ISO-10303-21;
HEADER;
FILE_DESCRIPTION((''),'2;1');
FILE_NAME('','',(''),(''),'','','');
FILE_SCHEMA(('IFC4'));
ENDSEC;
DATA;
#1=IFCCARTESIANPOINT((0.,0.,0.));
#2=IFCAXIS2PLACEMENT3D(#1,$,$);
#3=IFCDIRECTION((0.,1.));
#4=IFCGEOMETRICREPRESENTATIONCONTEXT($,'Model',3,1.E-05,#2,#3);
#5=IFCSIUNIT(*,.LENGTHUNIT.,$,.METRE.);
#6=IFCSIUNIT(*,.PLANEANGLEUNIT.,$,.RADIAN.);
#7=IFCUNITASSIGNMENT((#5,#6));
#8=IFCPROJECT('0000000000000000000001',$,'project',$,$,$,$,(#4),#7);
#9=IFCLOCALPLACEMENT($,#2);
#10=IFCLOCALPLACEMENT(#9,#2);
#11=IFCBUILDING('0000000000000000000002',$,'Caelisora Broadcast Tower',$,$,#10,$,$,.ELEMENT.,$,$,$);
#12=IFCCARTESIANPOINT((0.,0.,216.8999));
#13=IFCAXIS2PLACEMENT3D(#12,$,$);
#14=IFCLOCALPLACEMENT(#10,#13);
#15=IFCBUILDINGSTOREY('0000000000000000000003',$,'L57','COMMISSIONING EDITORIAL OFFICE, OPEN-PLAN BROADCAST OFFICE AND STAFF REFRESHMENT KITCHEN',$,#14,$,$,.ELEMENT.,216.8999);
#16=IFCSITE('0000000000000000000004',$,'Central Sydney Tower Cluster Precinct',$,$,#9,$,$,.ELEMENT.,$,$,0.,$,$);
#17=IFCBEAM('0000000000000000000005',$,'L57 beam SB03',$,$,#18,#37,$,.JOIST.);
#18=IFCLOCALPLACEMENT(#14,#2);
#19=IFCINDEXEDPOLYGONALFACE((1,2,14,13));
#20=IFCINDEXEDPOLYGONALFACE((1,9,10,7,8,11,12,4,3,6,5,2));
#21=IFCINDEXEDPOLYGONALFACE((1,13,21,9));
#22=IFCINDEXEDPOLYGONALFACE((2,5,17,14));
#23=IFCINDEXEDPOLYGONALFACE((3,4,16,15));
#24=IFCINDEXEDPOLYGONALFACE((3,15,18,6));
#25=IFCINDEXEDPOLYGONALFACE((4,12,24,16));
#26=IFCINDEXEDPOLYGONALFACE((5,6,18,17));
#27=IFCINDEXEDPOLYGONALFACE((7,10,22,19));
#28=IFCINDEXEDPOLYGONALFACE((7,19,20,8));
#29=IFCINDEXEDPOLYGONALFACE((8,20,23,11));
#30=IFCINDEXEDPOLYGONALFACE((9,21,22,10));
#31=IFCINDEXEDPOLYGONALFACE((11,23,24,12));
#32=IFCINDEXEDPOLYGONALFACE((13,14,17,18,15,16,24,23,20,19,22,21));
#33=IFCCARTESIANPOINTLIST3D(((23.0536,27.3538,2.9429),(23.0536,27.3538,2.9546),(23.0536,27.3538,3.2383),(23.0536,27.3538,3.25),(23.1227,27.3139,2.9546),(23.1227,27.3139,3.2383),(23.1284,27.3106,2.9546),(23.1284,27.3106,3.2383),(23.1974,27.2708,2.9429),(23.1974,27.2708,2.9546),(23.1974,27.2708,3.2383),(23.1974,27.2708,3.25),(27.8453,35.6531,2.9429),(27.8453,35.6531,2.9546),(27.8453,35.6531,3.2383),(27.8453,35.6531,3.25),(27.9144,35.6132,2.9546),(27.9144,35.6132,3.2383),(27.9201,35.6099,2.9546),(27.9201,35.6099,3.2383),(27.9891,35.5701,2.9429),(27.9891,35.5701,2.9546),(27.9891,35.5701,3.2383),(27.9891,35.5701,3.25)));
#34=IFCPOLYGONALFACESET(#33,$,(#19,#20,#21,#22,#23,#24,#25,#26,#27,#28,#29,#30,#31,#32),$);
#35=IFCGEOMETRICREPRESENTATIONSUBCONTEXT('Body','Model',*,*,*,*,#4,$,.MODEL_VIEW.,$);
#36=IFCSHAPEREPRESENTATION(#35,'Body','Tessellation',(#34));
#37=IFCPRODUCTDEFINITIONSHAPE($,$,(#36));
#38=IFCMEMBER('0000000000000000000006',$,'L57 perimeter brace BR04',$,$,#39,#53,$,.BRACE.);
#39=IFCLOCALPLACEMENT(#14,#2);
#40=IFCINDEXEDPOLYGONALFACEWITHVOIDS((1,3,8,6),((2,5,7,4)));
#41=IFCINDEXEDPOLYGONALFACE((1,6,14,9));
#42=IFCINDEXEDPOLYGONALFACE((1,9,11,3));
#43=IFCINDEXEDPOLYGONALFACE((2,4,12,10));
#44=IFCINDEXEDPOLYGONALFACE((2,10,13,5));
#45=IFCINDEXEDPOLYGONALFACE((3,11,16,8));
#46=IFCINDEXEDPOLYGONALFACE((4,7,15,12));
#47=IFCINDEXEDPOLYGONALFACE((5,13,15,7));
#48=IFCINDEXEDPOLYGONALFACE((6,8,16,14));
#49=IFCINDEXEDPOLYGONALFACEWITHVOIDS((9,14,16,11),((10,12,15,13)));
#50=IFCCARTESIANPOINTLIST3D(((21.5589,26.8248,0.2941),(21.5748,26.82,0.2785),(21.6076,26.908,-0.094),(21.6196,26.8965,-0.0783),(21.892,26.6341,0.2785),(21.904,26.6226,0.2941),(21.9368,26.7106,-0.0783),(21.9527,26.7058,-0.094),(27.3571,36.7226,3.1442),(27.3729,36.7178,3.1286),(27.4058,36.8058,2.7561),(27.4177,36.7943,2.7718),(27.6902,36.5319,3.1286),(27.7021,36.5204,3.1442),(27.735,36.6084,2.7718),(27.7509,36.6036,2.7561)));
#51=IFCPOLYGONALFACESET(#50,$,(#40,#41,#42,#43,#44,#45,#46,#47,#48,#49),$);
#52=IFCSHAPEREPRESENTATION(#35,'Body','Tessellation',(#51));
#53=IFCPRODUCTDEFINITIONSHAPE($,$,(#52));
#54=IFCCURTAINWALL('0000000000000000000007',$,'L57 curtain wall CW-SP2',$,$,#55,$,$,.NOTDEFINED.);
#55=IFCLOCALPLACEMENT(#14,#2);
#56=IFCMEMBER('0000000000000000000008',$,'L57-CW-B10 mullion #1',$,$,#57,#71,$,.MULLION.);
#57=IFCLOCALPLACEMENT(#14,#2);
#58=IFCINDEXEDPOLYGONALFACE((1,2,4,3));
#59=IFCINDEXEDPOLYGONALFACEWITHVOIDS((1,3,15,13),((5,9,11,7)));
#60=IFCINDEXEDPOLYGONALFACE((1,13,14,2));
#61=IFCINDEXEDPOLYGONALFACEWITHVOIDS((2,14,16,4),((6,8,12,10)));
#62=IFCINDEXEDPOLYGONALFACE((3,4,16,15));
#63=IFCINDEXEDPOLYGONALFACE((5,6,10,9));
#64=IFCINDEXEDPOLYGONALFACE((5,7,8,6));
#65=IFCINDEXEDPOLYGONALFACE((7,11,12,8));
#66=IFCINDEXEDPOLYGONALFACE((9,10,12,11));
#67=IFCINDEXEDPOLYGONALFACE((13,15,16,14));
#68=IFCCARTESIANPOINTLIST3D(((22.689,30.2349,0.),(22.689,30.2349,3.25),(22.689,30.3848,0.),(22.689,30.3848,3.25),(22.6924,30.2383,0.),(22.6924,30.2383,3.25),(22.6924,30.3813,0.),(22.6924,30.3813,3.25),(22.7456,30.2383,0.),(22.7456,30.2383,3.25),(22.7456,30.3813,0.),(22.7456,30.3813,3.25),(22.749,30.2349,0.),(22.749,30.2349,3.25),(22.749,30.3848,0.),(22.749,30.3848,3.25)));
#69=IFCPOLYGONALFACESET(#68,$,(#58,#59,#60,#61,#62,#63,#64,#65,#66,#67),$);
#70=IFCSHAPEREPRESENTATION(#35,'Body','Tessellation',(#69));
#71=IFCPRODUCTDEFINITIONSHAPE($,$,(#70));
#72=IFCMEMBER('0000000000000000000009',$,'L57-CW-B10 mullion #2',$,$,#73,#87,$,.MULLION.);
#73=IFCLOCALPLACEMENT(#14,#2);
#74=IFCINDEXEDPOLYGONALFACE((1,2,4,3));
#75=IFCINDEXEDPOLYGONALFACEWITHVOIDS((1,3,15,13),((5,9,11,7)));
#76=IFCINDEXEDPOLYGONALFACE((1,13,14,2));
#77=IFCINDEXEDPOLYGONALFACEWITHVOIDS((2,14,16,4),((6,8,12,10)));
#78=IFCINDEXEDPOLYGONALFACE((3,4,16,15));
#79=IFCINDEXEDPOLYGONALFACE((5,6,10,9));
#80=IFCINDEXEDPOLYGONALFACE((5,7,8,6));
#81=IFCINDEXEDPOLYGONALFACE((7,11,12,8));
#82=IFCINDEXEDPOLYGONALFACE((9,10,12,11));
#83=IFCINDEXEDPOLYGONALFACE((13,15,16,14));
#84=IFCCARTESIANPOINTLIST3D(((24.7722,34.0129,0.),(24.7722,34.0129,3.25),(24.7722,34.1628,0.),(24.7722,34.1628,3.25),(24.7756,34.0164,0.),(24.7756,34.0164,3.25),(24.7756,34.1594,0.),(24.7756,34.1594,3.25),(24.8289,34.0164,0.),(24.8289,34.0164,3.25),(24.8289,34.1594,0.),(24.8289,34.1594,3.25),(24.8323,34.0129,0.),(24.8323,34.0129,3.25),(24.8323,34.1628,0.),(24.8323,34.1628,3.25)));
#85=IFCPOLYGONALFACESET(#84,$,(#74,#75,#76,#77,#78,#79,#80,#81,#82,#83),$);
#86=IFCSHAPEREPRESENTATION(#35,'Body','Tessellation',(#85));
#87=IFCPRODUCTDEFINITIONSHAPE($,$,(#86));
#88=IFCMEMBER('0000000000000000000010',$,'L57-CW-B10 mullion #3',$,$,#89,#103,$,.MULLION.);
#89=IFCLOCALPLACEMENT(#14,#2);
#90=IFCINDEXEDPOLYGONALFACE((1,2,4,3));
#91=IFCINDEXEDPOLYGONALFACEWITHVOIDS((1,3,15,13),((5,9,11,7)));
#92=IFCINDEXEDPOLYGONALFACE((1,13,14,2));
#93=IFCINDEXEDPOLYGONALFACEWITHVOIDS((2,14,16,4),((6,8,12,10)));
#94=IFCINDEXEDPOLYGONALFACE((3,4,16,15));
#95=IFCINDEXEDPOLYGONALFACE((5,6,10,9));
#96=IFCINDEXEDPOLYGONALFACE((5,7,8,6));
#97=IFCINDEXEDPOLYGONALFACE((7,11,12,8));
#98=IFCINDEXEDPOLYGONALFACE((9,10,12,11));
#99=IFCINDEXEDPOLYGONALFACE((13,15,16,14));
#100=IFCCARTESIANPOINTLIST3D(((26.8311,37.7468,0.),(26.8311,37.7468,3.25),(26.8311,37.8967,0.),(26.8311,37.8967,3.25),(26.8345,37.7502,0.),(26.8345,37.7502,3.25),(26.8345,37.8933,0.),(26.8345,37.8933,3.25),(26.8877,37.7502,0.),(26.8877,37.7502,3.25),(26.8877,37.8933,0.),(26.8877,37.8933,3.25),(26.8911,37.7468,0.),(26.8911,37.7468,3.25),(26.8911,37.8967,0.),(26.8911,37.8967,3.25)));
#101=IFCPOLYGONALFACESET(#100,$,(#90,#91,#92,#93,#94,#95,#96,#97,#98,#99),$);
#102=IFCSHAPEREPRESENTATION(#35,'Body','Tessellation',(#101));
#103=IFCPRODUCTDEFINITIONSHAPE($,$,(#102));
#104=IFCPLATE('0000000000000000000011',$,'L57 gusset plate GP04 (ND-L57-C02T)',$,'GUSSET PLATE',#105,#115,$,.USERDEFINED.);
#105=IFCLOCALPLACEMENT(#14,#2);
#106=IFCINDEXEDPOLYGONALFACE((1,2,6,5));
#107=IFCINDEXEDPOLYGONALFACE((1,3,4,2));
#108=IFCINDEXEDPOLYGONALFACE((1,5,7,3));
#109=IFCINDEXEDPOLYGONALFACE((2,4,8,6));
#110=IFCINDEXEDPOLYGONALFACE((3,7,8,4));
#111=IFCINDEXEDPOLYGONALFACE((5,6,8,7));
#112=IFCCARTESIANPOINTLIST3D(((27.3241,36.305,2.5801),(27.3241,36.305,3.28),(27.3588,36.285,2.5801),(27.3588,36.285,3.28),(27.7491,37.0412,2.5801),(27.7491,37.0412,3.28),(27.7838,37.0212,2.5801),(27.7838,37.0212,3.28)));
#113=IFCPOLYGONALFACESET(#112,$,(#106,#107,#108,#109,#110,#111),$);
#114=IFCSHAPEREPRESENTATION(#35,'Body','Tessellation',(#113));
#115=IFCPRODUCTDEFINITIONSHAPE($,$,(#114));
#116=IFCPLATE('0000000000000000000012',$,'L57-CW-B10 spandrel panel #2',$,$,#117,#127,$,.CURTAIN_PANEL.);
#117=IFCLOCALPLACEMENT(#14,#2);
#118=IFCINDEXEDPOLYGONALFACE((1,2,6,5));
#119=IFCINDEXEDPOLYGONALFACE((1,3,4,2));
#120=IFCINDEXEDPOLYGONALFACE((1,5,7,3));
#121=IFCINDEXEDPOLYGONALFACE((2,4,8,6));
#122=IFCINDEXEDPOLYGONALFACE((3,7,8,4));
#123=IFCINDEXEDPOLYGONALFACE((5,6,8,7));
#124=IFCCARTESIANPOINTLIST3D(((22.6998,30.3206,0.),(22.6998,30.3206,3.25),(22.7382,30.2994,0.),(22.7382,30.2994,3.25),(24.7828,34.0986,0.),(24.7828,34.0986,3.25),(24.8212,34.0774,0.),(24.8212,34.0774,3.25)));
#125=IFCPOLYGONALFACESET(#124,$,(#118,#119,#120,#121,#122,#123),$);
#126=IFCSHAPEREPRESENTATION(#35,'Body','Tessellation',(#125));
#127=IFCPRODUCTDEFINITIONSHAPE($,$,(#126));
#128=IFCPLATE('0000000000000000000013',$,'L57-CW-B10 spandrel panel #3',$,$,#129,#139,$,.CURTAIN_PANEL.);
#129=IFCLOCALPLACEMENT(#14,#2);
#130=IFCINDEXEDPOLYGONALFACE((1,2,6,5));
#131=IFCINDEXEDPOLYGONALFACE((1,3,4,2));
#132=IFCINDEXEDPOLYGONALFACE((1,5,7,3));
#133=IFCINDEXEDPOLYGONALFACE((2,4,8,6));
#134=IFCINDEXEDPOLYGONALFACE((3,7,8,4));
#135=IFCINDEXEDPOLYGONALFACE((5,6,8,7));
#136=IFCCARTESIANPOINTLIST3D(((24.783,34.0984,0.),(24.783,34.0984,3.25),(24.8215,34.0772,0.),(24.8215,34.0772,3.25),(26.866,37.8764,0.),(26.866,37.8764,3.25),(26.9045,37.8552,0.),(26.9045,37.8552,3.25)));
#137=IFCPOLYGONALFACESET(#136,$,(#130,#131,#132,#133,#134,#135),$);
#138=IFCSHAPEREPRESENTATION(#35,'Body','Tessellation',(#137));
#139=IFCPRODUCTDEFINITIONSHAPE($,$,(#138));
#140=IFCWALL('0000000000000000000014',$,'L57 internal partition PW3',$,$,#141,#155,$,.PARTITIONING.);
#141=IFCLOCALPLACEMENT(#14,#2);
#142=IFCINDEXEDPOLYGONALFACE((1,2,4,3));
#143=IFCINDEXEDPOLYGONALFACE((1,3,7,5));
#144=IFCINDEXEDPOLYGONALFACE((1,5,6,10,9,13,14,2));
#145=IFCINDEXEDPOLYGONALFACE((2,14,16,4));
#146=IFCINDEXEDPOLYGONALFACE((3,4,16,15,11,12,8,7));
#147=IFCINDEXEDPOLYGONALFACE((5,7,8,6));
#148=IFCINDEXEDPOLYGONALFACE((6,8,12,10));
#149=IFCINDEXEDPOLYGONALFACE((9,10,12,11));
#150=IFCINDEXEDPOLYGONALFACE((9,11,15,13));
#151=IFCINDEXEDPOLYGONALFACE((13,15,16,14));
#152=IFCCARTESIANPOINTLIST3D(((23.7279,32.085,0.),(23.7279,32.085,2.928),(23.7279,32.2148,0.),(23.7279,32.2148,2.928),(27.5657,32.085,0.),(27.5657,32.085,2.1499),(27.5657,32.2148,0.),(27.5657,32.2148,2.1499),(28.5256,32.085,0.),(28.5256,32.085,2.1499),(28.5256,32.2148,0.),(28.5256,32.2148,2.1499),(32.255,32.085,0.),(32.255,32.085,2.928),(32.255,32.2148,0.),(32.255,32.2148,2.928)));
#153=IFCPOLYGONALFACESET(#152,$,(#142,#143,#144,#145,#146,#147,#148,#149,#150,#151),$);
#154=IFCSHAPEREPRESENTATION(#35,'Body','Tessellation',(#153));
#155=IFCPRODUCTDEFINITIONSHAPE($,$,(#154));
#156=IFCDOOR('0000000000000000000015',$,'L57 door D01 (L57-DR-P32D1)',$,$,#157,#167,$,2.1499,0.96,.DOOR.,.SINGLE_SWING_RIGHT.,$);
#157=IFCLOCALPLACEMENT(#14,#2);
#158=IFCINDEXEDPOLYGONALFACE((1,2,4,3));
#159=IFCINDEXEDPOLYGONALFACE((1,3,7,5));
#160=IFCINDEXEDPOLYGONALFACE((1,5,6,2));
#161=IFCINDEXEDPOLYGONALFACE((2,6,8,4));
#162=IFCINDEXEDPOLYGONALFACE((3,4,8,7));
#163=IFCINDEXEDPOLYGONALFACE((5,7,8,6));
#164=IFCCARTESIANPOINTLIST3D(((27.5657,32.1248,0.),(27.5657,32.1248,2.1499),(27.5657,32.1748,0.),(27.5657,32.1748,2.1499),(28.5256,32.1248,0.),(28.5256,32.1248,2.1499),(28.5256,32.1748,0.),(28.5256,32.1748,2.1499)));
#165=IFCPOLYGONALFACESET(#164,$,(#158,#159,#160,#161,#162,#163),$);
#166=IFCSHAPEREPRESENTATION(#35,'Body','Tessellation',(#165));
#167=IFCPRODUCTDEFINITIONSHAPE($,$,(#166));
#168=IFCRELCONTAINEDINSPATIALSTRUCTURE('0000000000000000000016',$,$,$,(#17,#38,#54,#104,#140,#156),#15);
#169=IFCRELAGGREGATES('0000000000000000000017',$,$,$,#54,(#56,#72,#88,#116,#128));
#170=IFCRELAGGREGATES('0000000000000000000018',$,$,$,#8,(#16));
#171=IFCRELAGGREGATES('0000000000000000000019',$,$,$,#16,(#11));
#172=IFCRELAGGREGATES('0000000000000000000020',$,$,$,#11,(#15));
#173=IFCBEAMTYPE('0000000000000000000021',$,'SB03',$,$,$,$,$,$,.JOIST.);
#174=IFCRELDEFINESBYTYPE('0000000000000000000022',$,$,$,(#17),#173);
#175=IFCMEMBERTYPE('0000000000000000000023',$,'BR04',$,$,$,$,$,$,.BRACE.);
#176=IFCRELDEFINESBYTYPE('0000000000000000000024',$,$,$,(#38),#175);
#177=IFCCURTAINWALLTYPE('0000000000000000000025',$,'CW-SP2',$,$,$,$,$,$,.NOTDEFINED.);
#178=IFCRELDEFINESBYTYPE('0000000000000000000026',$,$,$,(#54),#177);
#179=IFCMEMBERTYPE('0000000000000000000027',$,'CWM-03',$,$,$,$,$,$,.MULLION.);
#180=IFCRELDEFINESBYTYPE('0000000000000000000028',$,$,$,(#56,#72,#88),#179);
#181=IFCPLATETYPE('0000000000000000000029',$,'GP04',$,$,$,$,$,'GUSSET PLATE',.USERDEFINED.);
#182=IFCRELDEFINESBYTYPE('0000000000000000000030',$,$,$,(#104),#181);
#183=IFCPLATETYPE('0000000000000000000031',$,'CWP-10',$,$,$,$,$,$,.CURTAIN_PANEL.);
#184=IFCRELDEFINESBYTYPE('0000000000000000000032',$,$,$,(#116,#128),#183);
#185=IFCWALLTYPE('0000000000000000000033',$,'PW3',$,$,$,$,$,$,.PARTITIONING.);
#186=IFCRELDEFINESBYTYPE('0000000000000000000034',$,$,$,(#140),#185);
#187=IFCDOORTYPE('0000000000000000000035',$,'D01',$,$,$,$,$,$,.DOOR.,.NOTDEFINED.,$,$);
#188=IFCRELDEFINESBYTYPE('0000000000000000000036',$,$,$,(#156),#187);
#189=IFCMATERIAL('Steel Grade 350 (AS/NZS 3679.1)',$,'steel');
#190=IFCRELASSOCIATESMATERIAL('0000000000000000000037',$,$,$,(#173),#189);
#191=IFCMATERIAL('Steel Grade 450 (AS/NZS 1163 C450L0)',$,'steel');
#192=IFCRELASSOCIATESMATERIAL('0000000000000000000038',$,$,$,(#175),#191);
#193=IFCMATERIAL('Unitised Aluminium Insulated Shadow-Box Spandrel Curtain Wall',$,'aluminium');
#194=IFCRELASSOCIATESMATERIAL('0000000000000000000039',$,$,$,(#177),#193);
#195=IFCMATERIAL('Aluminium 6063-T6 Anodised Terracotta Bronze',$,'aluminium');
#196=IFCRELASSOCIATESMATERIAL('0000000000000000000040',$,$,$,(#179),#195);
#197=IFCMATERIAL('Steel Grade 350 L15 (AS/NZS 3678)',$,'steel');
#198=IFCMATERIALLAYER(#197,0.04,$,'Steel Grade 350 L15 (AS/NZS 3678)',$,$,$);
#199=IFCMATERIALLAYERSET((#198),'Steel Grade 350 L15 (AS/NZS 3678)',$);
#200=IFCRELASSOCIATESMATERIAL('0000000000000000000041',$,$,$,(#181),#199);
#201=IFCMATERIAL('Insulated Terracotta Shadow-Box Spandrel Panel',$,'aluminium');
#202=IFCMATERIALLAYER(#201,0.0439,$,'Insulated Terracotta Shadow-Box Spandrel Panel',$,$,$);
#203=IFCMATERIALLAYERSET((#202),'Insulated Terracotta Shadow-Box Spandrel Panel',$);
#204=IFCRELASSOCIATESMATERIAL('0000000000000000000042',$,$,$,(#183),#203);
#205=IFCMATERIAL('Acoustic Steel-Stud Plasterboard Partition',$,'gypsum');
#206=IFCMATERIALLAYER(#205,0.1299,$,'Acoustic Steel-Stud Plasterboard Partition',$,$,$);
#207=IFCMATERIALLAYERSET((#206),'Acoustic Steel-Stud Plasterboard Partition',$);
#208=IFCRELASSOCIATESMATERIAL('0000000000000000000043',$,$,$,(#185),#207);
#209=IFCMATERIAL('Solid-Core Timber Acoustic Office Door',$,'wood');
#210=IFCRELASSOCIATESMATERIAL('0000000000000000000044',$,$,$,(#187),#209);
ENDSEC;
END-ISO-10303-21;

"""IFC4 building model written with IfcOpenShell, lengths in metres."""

from ifc_helpers import new_model, si_unit, direction, frame, frame_2d, origin, origin_2d, place, context, subcontext, project, spatial, rectangle, hollow_rectangle, i_section, extrude, source, transform, mapped, material, layer, layer_set, material_profile, profile_set, type_object, type_shapes, element, fill, aggregate, save


model = new_model("IFC4")

# Units and contexts
model_context = context("Model", 3, precision=1e-05, world=origin(), true_north=direction((0.0, 1.0)))
body_context = subcontext(model_context, "Body", "Model", "MODEL_VIEW")
ifc_project = project(units=[si_unit("LENGTHUNIT", "METRE"), si_unit("PLANEANGLEUNIT", "RADIAN")], contexts=[model_context])

# Site, building, storey
site_placement = place(None, origin())
site = spatial("IfcSite", under=ifc_project, at=site_placement, Name="Central Sydney Tower Cluster Precinct", CompositionType="ELEMENT", RefElevation=0.0)
building_placement = place(site_placement, origin())
building = spatial("IfcBuilding", under=site, at=building_placement, Name="Caelisora Broadcast Tower", CompositionType="ELEMENT")
storey_placement = place(building_placement, frame((0.0, 0.0, 216.8999)))
storey = spatial("IfcBuildingStorey", under=building, at=storey_placement, Name="L57", Description="COMMISSIONING EDITORIAL OFFICE, OPEN-PLAN BROADCAST OFFICE AND STAFF REFRESHMENT KITCHEN", CompositionType="ELEMENT", Elevation=216.8999)

# Shared definitions
ifc_material_1 = material(Name="Steel Grade 350 L15 (AS/NZS 3678)", Category="steel")

# Beam
ifc_material_2 = material(Name="Steel Grade 350 (AS/NZS 3679.1)", Category="steel")
ifc_material_profile_1 = material_profile(ifc_material_2, i_section(OverallWidth=0.166, OverallDepth=0.3071, WebThickness=0.0066, FlangeThickness=0.0117, at=origin_2d()), Name="Steel Grade 350 (AS/NZS 3679.1)")
ifc_profile_set_1 = profile_set([ifc_material_profile_1], Name="Steel Grade 350 (AS/NZS 3679.1)")
beam_type_1 = type_object("IfcBeamType", Name="SB03", PredefinedType="JOIST", material=ifc_profile_set_1)
shared_shape_1 = source(origin(), body_context, "Body", "SweptSolid", [
    extrude(i_section(OverallWidth=0.166, OverallDepth=0.3071, WebThickness=0.0066, FlangeThickness=0.0117, at=origin_2d()), origin(), (0.0, 0.0, 1.0), 9.5833),
])
beam_1_placement = place(storey_placement, frame((27.9172, 35.6116, 3.0964), z_axis=(-0.500011, -0.866019, 0.0), x_axis=(0.866019, -0.500011, 0.0)))
element("IfcBeam", 1, at=beam_1_placement, inside=storey, type_object=beam_type_1, Name="L57 beam SB03", PredefinedType="JOIST", context=body_context, shape_type="MappedRepresentation", body=[
    mapped(shared_shape_1, transform((0.0, 0.0, 0.0), scale=1.0)),
])

# Member
ifc_material_3 = material(Name="Steel Grade 450 (AS/NZS 1163 C450L0)", Category="steel")
ifc_material_profile_2 = material_profile(ifc_material_3, hollow_rectangle(XDim=0.3999, YDim=0.3999, WallThickness=0.0161, at=origin_2d()), Name="Steel Grade 450 (AS/NZS 1163 C450L0)")
ifc_profile_set_2 = profile_set([ifc_material_profile_2], Name="Steel Grade 450 (AS/NZS 1163 C450L0)")
member_type_1 = type_object("IfcMemberType", Name="BR04", PredefinedType="BRACE", material=ifc_profile_set_2)
shared_shape_2 = source(origin(), body_context, "Body", "SweptSolid", [
    extrude(hollow_rectangle(XDim=0.3999, YDim=0.3999, WallThickness=0.0161, at=origin_2d()), origin(), (0.0, 0.0, 1.0), 11.8198),
])
type_shapes(member_type_1, [shared_shape_2])
member_1_placement = place(storey_placement, frame((27.554, 36.6631, 2.9502), z_axis=(-0.490545, -0.83739, -0.241131), x_axis=(0.86285, -0.505459, 0.0)))
element("IfcMember", 2, at=member_1_placement, inside=storey, type_object=member_type_1, Name="L57 perimeter brace BR04", PredefinedType="BRACE", context=body_context, shape_type="MappedRepresentation", body=[
    mapped(shared_shape_2, transform((0.0, 0.0, 0.0), scale=1.0)),
])

# Curtain wall, members
ifc_material_4 = material(Name="Unitised Aluminium Insulated Shadow-Box Spandrel Curtain Wall", Category="aluminium")
curtain_wall_type = type_object("IfcCurtainWallType", Name="CW-SP2", PredefinedType="NOTDEFINED", material=ifc_material_4)
curtain_wall_placement = place(storey_placement, origin())
curtain_wall = element("IfcCurtainWall", 3, at=curtain_wall_placement, inside=storey, type_object=curtain_wall_type, Name="L57 curtain wall CW-SP2", PredefinedType="NOTDEFINED")
ifc_material_5 = material(Name="Aluminium 6063-T6 Anodised Terracotta Bronze", Category="aluminium")
ifc_material_profile_3 = material_profile(ifc_material_5, hollow_rectangle(XDim=0.0601, YDim=0.1499, WallThickness=0.0034, at=origin_2d()), Name="Aluminium 6063-T6 Anodised Terracotta Bronze")
ifc_profile_set_3 = profile_set([ifc_material_profile_3], Name="Aluminium 6063-T6 Anodised Terracotta Bronze")
member_type_2 = type_object("IfcMemberType", Name="CWM-03", PredefinedType="MULLION", material=ifc_profile_set_3)
shared_shape_3 = source(origin(), body_context, "Body", "SweptSolid", [
    extrude(hollow_rectangle(XDim=0.0601, YDim=0.1499, WallThickness=0.0034, at=origin_2d()), origin(), (0.0, 0.0, 1.0), 3.25),
])
type_shapes(member_type_2, [shared_shape_3])
member_2_placement = place(storey_placement, frame((22.719, 30.3098, 0.0), z_axis=(0.0, 0.0, 1.0), x_axis=(1.0, 0.0, 0.0)))
member_2 = element("IfcMember", 4, at=member_2_placement, type_object=member_type_2, Name="L57-CW-B10 mullion #1", PredefinedType="MULLION", context=body_context, shape_type="MappedRepresentation", body=[
    mapped(shared_shape_3, transform((0.0, 0.0, 0.0), scale=1.0)),
])
member_3_placement = place(storey_placement, frame((24.8022, 34.0879, 0.0), z_axis=(0.0, 0.0, 1.0), x_axis=(1.0, 0.0, 0.0)))
member_3 = element("IfcMember", 5, at=member_3_placement, type_object=member_type_2, Name="L57-CW-B10 mullion #2", PredefinedType="MULLION", context=body_context, shape_type="MappedRepresentation", body=[
    mapped(shared_shape_3, transform((0.0, 0.0, 0.0), scale=1.0)),
])
member_4_placement = place(storey_placement, frame((26.8611, 37.8218, 0.0), z_axis=(0.0, 0.0, 1.0), x_axis=(1.0, 0.0, 0.0)))
member_4 = element("IfcMember", 6, at=member_4_placement, type_object=member_type_2, Name="L57-CW-B10 mullion #3", PredefinedType="MULLION", context=body_context, shape_type="MappedRepresentation", body=[
    mapped(shared_shape_3, transform((0.0, 0.0, 0.0), scale=1.0)),
])

# Plates
ifc_layer_1 = layer(ifc_material_1, 0.04, Name="Steel Grade 350 L15 (AS/NZS 3678)")
ifc_layer_set_1 = layer_set([ifc_layer_1], Name="Steel Grade 350 L15 (AS/NZS 3678)")
plate_type_1 = type_object("IfcPlateType", Name="GP04", ElementType="GUSSET PLATE", PredefinedType="USERDEFINED", material=ifc_layer_set_1)
shared_shape_4 = source(origin(), body_context, "Body", "SweptSolid", [
    extrude(rectangle(XDim=0.8501, YDim=0.04, at=origin_2d()), origin(), (0.0, 0.0, 1.0), 0.7),
])
type_shapes(plate_type_1, [shared_shape_4])
plate_1_placement = place(storey_placement, frame((27.554, 36.6631, 2.5801), z_axis=(0.0, 0.0, 1.0), x_axis=(-0.5, -0.866025, 0.0)))
element("IfcPlate", 7, at=plate_1_placement, inside=storey, type_object=plate_type_1, Name="L57 gusset plate GP04 (ND-L57-C02T)", ObjectType="GUSSET PLATE", PredefinedType="USERDEFINED", context=body_context, shape_type="MappedRepresentation", body=[
    mapped(shared_shape_4, transform((0.0, 0.0, 0.0), scale=1.0)),
])
ifc_material_6 = material(Name="Insulated Terracotta Shadow-Box Spandrel Panel", Category="aluminium")
ifc_layer_2 = layer(ifc_material_6, 0.0439, Name="Insulated Terracotta Shadow-Box Spandrel Panel")
ifc_layer_set_2 = layer_set([ifc_layer_2], Name="Insulated Terracotta Shadow-Box Spandrel Panel")
plate_type_2 = type_object("IfcPlateType", Name="CWP-10", PredefinedType="CURTAIN_PANEL", material=ifc_layer_set_2)
shared_shape_5 = source(origin(), body_context, "Body", "SweptSolid", [
    extrude(rectangle(XDim=4.3142, YDim=0.0439, at=origin_2d()), origin(), (0.0, 0.0, 1.0), 3.25),
])
type_shapes(plate_type_2, [shared_shape_5])
plate_2_placement = place(storey_placement, frame((23.7605, 32.199, 0.0), z_axis=(0.0, 0.0, 1.0), x_axis=(0.482824, 0.875717, 0.0)))
plate_2 = element("IfcPlate", 8, at=plate_2_placement, type_object=plate_type_2, Name="L57-CW-B10 spandrel panel #2", PredefinedType="CURTAIN_PANEL", context=body_context, shape_type="MappedRepresentation", body=[
    mapped(shared_shape_5, transform((0.0, 0.0, 0.0), scale=1.0)),
])
plate_3_placement = place(storey_placement, frame((25.8438, 35.9768, 0.0), z_axis=(0.0, 0.0, 1.0), x_axis=(0.482824, 0.875717, 0.0)))
plate_3 = element("IfcPlate", 9, at=plate_3_placement, type_object=plate_type_2, Name="L57-CW-B10 spandrel panel #3", PredefinedType="CURTAIN_PANEL", context=body_context, shape_type="MappedRepresentation", body=[
    mapped(shared_shape_5, transform((0.0, 0.0, 0.0), scale=1.0)),
])
aggregate(curtain_wall, [member_2, member_3, member_4, plate_2, plate_3])

# Wall, opening, door
ifc_material_7 = material(Name="Acoustic Steel-Stud Plasterboard Partition", Category="gypsum")
ifc_layer_3 = layer(ifc_material_7, 0.1299, Name="Acoustic Steel-Stud Plasterboard Partition")
ifc_layer_set_3 = layer_set([ifc_layer_3], Name="Acoustic Steel-Stud Plasterboard Partition")
wall_type = type_object("IfcWallType", Name="PW3", PredefinedType="PARTITIONING", material=ifc_layer_set_3)
wall_1_placement = place(storey_placement, frame((23.7278, 32.1499, 0.0), z_axis=(0.0, 0.0, 1.0), x_axis=(1.0, 0.0, 0.0)))
wall_1 = element("IfcWall", 10, at=wall_1_placement, inside=storey, type_object=wall_type, Name="L57 internal partition PW3", PredefinedType="PARTITIONING", context=body_context, shape_type="SweptSolid", body=[
    extrude(rectangle(XDim=8.5271, YDim=0.1299, at=frame_2d((4.2637, 0.0))), origin(), (0.0, 0.0, 1.0), 2.928),
])
opening_1_placement = place(wall_1_placement, frame((3.8379, 0.0, 0.0)))
opening_1 = element("IfcOpeningElement", 11, at=opening_1_placement, cuts=wall_1, PredefinedType="OPENING", context=body_context, shape_type="SweptSolid", body=[
    extrude(rectangle(XDim=0.96, YDim=2.1499, at=frame_2d((0.48, 1.075))), frame((0.0, 0.0769, 0.0), z_axis=(0.0, -1.0, 0.0), x_axis=(1.0, 0.0, 0.0)), (0.0, 0.0, 1.0), 0.1538),
])
ifc_material_8 = material(Name="Solid-Core Timber Acoustic Office Door", Category="wood")
door_type = type_object("IfcDoorType", Name="D01", OperationType="NOTDEFINED", PredefinedType="DOOR", material=ifc_material_8)
door_1_placement = place(opening_1_placement, origin())
door_1 = element("IfcDoor", 12, at=door_1_placement, inside=storey, type_object=door_type, Name="L57 door D01 (L57-DR-P32D1)", OperationType="SINGLE_SWING_RIGHT", OverallHeight=2.1499, OverallWidth=0.96, PredefinedType="DOOR", context=body_context, shape_type="SweptSolid", body=[
    extrude(rectangle(XDim=0.96, YDim=2.1499, at=frame_2d((0.48, 1.075))), frame((0.0, 0.0249, 0.0), z_axis=(0.0, -1.0, 0.0), x_axis=(1.0, 0.0, 0.0)), (0.0, 0.0, 1.0), 0.05),
])
fill(opening_1, door_1)

save(model, "model.ifc")
